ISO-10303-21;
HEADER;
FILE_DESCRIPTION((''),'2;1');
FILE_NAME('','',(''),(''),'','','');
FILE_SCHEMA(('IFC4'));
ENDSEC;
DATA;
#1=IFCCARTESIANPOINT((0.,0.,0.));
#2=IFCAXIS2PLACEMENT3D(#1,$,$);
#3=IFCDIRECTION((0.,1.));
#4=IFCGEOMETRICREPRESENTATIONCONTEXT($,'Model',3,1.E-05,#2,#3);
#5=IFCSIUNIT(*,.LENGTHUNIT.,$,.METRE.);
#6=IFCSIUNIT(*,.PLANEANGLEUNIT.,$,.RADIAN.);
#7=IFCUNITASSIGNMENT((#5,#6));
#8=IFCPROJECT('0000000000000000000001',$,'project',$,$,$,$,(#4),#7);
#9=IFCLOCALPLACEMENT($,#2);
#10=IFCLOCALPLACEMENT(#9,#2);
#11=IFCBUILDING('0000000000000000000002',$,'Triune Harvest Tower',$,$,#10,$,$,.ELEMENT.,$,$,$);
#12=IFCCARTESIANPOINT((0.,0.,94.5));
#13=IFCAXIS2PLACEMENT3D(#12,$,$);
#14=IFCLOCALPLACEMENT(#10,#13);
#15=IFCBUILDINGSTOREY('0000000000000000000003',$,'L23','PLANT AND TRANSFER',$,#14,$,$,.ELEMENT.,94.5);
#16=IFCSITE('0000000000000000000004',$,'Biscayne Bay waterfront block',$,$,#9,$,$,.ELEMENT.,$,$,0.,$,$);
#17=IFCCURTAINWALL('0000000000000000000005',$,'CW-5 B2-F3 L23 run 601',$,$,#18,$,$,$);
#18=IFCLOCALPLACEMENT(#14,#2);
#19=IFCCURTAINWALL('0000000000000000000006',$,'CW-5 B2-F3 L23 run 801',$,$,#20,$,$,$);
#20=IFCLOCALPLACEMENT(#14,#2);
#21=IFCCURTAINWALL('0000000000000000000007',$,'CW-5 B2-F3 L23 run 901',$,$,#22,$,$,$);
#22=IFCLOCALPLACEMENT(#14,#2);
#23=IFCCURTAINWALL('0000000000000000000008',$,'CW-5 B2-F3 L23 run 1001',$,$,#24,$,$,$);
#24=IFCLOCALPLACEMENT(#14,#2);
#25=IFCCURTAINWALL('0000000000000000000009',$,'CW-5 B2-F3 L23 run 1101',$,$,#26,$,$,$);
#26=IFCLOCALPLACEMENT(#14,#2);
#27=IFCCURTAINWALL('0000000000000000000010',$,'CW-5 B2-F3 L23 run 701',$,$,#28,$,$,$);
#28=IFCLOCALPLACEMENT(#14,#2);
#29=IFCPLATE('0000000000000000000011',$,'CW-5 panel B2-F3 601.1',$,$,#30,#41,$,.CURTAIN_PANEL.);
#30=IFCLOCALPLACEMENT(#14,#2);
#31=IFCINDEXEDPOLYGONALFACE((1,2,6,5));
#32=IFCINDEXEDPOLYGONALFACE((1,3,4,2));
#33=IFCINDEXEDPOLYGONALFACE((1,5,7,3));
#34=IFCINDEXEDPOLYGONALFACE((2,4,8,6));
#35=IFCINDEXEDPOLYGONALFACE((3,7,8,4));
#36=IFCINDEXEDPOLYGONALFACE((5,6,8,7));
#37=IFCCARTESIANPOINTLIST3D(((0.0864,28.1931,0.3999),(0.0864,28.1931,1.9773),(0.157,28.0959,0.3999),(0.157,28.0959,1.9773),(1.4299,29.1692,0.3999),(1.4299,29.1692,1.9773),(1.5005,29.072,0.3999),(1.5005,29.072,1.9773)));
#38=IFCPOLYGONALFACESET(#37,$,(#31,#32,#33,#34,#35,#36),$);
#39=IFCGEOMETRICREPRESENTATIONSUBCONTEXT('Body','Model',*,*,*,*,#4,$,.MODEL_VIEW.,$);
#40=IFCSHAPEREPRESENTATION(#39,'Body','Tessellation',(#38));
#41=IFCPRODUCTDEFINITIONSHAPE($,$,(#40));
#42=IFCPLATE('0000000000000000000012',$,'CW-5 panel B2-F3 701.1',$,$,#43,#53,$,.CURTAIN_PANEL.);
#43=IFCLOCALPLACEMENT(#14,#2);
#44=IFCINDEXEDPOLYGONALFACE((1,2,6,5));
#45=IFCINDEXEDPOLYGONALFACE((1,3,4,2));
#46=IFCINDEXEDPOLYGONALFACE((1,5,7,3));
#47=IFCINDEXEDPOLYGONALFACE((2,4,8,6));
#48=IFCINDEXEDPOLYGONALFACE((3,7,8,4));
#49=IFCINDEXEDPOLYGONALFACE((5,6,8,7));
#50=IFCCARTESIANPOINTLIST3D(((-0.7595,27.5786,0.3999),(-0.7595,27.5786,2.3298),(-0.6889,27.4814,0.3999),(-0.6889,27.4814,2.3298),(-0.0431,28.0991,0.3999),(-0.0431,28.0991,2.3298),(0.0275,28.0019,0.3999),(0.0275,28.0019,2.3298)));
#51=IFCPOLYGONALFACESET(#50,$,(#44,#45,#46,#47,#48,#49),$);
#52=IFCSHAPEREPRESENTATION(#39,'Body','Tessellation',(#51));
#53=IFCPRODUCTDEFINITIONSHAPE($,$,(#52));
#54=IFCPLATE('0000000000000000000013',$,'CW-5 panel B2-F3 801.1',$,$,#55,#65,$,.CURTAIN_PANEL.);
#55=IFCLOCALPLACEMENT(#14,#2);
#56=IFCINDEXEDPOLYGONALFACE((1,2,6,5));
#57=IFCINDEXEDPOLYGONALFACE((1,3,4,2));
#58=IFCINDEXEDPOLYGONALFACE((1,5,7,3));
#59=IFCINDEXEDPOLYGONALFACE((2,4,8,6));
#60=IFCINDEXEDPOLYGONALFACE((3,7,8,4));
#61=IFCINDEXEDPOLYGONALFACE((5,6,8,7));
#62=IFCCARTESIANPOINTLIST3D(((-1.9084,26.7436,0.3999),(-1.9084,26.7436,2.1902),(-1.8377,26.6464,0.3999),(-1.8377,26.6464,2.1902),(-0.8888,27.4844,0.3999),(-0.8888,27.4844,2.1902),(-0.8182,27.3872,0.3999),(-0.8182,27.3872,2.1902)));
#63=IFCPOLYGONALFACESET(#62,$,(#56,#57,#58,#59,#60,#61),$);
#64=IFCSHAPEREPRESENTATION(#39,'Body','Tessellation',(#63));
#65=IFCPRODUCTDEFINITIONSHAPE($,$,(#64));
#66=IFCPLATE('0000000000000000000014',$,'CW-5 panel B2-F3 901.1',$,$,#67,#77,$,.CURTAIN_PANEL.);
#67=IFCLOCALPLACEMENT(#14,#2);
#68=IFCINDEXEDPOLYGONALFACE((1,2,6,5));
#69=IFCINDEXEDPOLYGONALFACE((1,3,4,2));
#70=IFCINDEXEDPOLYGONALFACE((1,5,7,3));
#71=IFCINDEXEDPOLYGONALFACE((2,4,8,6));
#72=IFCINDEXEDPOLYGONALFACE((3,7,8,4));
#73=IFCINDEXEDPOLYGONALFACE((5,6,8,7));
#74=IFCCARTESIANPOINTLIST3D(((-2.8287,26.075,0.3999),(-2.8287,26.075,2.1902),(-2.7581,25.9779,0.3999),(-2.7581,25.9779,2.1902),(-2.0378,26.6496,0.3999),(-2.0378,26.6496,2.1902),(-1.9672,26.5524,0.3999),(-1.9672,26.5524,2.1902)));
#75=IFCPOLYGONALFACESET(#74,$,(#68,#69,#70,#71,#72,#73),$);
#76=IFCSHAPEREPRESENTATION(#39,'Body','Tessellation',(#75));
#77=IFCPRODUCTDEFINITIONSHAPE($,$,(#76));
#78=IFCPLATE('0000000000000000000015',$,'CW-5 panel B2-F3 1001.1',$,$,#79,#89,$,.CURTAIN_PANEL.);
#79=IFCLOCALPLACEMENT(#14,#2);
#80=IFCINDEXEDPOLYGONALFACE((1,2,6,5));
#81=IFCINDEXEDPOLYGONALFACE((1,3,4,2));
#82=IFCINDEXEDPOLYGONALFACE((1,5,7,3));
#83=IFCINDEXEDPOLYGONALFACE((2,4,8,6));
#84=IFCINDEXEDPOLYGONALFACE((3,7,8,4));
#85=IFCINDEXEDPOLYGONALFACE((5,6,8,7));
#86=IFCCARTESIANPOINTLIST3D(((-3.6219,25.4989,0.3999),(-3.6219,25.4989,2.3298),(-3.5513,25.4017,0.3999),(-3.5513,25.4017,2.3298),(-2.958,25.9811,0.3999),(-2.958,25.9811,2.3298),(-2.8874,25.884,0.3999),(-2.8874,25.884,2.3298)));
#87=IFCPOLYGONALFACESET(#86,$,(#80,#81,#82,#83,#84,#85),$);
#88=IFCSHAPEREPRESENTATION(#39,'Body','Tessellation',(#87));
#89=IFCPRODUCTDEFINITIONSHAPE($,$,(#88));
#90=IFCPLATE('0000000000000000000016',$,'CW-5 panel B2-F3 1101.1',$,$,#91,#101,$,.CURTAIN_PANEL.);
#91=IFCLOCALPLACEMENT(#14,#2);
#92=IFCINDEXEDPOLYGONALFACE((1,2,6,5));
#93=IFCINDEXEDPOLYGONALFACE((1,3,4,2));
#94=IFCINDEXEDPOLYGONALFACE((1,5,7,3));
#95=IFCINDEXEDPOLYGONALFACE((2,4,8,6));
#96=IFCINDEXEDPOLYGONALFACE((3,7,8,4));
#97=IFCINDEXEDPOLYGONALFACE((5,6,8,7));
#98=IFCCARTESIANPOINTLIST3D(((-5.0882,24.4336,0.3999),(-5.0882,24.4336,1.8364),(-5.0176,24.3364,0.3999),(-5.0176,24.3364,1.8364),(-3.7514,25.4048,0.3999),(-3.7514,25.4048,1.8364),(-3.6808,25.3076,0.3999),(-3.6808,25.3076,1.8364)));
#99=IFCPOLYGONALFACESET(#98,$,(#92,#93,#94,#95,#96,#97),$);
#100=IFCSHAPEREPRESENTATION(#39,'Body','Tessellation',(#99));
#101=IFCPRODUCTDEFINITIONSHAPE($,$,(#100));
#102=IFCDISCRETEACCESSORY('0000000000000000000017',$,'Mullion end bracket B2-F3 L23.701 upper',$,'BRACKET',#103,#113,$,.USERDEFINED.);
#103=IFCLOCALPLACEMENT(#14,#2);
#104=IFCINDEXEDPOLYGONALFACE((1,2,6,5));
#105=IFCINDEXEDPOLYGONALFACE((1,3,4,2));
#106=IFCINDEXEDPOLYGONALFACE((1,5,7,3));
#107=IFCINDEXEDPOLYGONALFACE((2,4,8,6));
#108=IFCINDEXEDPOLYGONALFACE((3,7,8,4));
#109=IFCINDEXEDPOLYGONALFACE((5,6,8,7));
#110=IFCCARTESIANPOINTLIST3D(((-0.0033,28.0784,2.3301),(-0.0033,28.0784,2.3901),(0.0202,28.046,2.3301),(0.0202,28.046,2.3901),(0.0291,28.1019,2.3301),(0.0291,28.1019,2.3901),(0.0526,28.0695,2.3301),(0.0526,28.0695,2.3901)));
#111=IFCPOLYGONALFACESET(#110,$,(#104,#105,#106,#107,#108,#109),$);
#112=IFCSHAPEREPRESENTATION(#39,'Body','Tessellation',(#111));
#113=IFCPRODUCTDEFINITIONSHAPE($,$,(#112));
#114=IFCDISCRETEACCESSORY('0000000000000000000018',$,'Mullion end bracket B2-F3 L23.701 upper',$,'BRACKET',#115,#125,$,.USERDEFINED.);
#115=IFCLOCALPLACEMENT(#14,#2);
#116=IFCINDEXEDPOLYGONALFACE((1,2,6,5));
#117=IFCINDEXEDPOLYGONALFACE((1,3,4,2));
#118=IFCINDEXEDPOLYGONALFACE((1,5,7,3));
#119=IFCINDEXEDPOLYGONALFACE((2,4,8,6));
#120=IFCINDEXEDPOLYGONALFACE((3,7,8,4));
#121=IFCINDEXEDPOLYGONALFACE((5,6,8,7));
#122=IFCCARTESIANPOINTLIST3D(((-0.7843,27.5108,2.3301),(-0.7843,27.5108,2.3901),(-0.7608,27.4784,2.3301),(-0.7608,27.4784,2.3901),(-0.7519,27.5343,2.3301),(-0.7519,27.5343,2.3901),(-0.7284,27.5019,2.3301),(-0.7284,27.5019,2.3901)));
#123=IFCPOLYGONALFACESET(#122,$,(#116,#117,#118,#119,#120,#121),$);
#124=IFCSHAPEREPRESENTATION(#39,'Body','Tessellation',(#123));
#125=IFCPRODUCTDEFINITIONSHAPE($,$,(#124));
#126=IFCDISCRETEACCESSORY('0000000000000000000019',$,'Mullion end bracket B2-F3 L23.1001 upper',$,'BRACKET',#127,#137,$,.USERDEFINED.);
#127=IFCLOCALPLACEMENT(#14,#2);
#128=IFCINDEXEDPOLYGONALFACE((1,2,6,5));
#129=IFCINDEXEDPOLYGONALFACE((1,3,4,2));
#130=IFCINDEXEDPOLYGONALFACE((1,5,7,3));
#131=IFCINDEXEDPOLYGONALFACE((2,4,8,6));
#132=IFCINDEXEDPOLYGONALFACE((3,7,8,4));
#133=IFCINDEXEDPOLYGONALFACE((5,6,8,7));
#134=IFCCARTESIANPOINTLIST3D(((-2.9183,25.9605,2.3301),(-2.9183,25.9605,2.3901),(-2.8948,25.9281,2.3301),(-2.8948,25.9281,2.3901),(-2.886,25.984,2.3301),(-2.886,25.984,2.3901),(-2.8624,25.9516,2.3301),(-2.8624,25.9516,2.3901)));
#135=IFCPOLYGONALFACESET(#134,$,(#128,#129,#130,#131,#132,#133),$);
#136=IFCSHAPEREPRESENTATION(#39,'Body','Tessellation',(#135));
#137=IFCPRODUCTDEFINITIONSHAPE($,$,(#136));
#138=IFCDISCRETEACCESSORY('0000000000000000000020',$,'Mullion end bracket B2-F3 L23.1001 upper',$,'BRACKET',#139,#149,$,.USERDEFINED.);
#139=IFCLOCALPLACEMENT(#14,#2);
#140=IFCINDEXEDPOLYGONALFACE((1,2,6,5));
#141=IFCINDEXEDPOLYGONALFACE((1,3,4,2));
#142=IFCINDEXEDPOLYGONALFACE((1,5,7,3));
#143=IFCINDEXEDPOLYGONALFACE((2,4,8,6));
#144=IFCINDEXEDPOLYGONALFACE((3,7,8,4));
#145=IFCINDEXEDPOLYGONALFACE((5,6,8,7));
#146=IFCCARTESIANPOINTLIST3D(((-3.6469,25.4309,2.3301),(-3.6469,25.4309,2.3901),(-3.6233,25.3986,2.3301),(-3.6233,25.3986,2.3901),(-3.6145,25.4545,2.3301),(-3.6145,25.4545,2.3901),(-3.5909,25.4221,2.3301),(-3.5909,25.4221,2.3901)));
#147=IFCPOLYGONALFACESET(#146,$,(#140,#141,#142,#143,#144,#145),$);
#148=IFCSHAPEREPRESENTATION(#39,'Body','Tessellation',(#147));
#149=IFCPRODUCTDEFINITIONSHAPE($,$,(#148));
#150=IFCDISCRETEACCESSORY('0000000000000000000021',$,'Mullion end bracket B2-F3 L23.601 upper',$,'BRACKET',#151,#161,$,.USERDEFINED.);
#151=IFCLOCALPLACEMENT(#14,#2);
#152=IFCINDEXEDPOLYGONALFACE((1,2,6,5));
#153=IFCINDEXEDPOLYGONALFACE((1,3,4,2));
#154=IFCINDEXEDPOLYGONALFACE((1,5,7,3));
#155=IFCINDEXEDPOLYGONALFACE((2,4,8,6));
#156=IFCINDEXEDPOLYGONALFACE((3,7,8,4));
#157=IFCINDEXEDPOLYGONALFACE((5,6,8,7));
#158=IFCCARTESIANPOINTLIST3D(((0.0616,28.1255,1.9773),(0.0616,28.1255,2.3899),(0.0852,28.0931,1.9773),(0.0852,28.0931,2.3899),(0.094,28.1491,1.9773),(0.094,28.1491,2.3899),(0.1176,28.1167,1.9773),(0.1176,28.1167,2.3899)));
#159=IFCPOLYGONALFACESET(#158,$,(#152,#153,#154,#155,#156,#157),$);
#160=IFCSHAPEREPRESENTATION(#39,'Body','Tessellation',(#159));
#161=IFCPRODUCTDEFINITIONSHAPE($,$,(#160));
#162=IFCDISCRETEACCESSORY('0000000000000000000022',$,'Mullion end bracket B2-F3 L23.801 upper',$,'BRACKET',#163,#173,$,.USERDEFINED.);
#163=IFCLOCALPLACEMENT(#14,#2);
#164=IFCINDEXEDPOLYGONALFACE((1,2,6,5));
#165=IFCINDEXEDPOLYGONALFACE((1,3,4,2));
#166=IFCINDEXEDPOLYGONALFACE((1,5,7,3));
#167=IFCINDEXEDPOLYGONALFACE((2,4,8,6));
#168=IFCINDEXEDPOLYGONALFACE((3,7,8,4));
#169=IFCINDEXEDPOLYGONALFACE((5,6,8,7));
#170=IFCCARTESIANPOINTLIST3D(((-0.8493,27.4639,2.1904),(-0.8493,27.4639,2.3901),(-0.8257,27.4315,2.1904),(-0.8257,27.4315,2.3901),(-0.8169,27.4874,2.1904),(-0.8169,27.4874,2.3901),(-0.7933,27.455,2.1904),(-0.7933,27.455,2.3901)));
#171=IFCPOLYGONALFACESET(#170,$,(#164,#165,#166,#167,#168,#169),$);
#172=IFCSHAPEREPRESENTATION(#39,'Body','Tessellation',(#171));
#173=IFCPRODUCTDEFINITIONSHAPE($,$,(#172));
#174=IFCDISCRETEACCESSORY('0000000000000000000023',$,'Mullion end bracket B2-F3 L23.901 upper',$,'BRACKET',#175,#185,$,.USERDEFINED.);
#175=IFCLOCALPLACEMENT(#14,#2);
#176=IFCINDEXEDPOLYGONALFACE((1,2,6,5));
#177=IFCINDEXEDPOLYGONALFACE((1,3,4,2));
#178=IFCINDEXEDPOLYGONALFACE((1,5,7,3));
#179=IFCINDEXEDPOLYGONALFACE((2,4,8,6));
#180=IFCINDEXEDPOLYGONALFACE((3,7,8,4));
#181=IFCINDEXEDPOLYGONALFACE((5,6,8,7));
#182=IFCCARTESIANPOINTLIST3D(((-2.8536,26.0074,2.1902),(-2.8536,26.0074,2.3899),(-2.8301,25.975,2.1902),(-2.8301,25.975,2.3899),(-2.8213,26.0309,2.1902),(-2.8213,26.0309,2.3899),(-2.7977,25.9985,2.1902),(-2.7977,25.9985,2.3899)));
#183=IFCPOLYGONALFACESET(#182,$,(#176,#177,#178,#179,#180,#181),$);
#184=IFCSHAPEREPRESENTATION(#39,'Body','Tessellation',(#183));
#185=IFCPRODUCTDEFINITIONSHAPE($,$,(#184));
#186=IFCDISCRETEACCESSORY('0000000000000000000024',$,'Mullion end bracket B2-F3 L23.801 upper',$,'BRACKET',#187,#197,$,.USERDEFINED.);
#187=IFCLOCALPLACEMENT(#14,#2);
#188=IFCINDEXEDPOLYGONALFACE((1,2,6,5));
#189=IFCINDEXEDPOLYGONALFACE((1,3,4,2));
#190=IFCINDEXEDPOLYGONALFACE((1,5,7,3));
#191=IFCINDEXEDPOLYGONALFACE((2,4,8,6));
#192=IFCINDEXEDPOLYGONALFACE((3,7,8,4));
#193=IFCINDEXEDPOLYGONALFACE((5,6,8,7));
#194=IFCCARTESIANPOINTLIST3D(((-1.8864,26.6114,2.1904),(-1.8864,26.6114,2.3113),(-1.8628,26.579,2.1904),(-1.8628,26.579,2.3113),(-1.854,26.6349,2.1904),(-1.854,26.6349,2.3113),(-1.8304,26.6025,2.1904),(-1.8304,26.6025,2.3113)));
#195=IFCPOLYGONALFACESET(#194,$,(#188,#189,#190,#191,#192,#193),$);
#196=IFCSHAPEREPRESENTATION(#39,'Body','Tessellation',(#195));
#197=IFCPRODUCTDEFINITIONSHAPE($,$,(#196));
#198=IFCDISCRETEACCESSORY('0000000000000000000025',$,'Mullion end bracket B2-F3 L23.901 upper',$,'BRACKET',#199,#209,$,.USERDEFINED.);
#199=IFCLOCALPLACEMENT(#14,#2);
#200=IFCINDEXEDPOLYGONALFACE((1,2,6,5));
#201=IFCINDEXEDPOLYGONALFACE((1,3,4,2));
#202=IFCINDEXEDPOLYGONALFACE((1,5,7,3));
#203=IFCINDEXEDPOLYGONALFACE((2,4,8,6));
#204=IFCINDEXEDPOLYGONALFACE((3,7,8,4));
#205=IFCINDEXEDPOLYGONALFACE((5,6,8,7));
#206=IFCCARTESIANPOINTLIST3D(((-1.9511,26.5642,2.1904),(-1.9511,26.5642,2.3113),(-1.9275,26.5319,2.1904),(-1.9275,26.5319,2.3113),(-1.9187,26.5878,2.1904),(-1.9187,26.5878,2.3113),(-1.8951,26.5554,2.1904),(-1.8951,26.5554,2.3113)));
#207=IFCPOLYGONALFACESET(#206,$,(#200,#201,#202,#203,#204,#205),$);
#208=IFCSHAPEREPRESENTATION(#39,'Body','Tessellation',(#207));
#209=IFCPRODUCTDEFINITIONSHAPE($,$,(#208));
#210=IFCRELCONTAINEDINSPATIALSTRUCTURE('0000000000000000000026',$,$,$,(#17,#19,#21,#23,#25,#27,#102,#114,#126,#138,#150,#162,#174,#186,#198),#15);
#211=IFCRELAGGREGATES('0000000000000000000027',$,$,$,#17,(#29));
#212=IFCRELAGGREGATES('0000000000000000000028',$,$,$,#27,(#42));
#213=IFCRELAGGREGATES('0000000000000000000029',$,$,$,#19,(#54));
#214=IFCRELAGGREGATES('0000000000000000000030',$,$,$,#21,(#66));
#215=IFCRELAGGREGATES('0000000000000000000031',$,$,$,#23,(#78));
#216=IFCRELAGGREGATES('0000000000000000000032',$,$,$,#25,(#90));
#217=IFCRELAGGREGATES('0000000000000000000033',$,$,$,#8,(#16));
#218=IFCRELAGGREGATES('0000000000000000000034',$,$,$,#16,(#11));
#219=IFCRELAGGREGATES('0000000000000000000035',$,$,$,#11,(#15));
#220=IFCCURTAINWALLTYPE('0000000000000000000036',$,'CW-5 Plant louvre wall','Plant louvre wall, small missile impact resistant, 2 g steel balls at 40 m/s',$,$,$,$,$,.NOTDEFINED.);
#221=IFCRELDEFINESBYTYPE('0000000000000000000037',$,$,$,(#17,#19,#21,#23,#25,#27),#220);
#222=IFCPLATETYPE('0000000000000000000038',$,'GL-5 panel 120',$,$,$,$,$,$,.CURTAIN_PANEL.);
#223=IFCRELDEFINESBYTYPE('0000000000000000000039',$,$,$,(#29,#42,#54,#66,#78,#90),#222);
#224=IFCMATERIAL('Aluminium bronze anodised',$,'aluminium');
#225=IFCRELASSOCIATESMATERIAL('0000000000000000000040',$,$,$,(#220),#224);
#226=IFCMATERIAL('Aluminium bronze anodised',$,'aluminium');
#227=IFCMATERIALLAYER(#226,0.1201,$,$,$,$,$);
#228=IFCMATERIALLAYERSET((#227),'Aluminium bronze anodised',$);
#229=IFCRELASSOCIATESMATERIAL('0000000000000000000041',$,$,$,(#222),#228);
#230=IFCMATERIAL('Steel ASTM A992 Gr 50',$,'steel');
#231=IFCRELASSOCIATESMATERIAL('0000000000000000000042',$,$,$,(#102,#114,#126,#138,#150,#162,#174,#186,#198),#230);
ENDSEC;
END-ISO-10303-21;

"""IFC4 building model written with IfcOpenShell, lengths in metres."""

from ifc_helpers import new_model, si_unit, direction, frame, origin, origin_2d, place, context, subcontext, project, spatial, rectangle, extrude, source, transform, mapped, material, layer, layer_set, type_object, element, aggregate, save


model = new_model("IFC4")

# Units and contexts
model_context = context("Model", 3, precision=1e-05, world=origin(), true_north=direction((0.0, 1.0)))
body_context = subcontext(model_context, "Body", "Model", "MODEL_VIEW")
ifc_project = project(units=[si_unit("LENGTHUNIT", "METRE"), si_unit("PLANEANGLEUNIT", "RADIAN")], contexts=[model_context])

# Site, building, storey
site_placement = place(None, origin())
site = spatial("IfcSite", under=ifc_project, at=site_placement, Name="Biscayne Bay waterfront block", CompositionType="ELEMENT", RefElevation=0.0)
building_placement = place(site_placement, origin())
building = spatial("IfcBuilding", under=site, at=building_placement, Name="Triune Harvest Tower", CompositionType="ELEMENT")
storey_placement = place(building_placement, frame((0.0, 0.0, 94.5)))
storey = spatial("IfcBuildingStorey", under=building, at=storey_placement, Name="L23", Description="PLANT AND TRANSFER", CompositionType="ELEMENT", Elevation=94.5)

# Curtain walls
ifc_material_1 = material(Name="Aluminium bronze anodised", Category="aluminium")
curtain_wall_type = type_object("IfcCurtainWallType", Name="CW-5 Plant louvre wall", Description="Plant louvre wall, small missile impact resistant, 2 g steel balls at 40 m/s", PredefinedType="NOTDEFINED", material=ifc_material_1)
curtain_wall_1_placement = place(storey_placement, origin())
curtain_wall_1 = element("IfcCurtainWall", 1, at=curtain_wall_1_placement, inside=storey, type_object=curtain_wall_type, Name="CW-5 B2-F3 L23 run 601")
curtain_wall_2_placement = place(storey_placement, origin())
curtain_wall_2 = element("IfcCurtainWall", 2, at=curtain_wall_2_placement, inside=storey, type_object=curtain_wall_type, Name="CW-5 B2-F3 L23 run 801")
curtain_wall_3_placement = place(storey_placement, origin())
curtain_wall_3 = element("IfcCurtainWall", 3, at=curtain_wall_3_placement, inside=storey, type_object=curtain_wall_type, Name="CW-5 B2-F3 L23 run 901")
curtain_wall_4_placement = place(storey_placement, origin())
curtain_wall_4 = element("IfcCurtainWall", 4, at=curtain_wall_4_placement, inside=storey, type_object=curtain_wall_type, Name="CW-5 B2-F3 L23 run 1001")
curtain_wall_5_placement = place(storey_placement, origin())
curtain_wall_5 = element("IfcCurtainWall", 5, at=curtain_wall_5_placement, inside=storey, type_object=curtain_wall_type, Name="CW-5 B2-F3 L23 run 1101")

# Curtain wall
curtain_wall_6_placement = place(storey_placement, origin())
curtain_wall_6 = element("IfcCurtainWall", 6, at=curtain_wall_6_placement, inside=storey, type_object=curtain_wall_type, Name="CW-5 B2-F3 L23 run 701")

# Plates
ifc_material_2 = material(Name="Aluminium bronze anodised", Category="aluminium")
ifc_layer = layer(ifc_material_2, 0.1201)
ifc_layer_set = layer_set([ifc_layer], Name="Aluminium bronze anodised")
plate_type = type_object("IfcPlateType", Name="GL-5 panel 120", PredefinedType="CURTAIN_PANEL", material=ifc_layer_set)
plate_1_placement = place(storey_placement, frame((0.7935, 28.6326, 0.3999), z_axis=(0.0, 0.0, 1.0), x_axis=(-0.809023, -0.587776, 0.0)))
plate_1 = element("IfcPlate", 7, at=plate_1_placement, type_object=plate_type, Name="CW-5 panel B2-F3 601.1", PredefinedType="CURTAIN_PANEL", context=body_context, shape_type="SweptSolid", body=[
    extrude(rectangle(XDim=1.6606, YDim=0.1201, at=origin_2d()), origin(), (0.0, 0.0, 1.0), 1.5774),
])
aggregate(curtain_wall_1, [plate_1])
plate_2_placement = place(storey_placement, frame((-0.366, 27.7903, 0.3999), z_axis=(0.0, 0.0, 1.0), x_axis=(-0.809009, -0.587796, 0.0)))
plate_2 = element("IfcPlate", 8, at=plate_2_placement, type_object=plate_type, Name="CW-5 panel B2-F3 701.1", PredefinedType="CURTAIN_PANEL", context=body_context, shape_type="SweptSolid", body=[
    extrude(rectangle(XDim=0.8855, YDim=0.1201, at=origin_2d()), origin(), (0.0, 0.0, 1.0), 1.9299),
])
aggregate(curtain_wall_6, [plate_2])
plate_3_placement = place(storey_placement, frame((-1.3633, 27.0654, 0.3999), z_axis=(0.0, 0.0, 1.0), x_axis=(-0.808992, -0.58782, 0.0)))
plate_3 = element("IfcPlate", 9, at=plate_3_placement, type_object=plate_type, Name="CW-5 panel B2-F3 801.1", PredefinedType="CURTAIN_PANEL", context=body_context, shape_type="SweptSolid", body=[
    extrude(rectangle(XDim=1.2603, YDim=0.1201, at=origin_2d()), origin(), (0.0, 0.0, 1.0), 1.7903),
])
aggregate(curtain_wall_2, [plate_3])
plate_4_placement = place(storey_placement, frame((-2.3979, 26.3137, 0.3999), z_axis=(0.0, 0.0, 1.0), x_axis=(-0.809032, -0.587764, 0.0)))
plate_4 = element("IfcPlate", 10, at=plate_4_placement, type_object=plate_type, Name="CW-5 panel B2-F3 901.1", PredefinedType="CURTAIN_PANEL", context=body_context, shape_type="SweptSolid", body=[
    extrude(rectangle(XDim=0.9775, YDim=0.1201, at=origin_2d()), origin(), (0.0, 0.0, 1.0), 1.7903),
])
aggregate(curtain_wall_3, [plate_4])
plate_5_placement = place(storey_placement, frame((-3.2546, 25.6914, 0.3999), z_axis=(0.0, 0.0, 1.0), x_axis=(-0.809036, -0.587759, 0.0)))
plate_5 = element("IfcPlate", 11, at=plate_5_placement, type_object=plate_type, Name="CW-5 panel B2-F3 1001.1", PredefinedType="CURTAIN_PANEL", context=body_context, shape_type="SweptSolid", body=[
    extrude(rectangle(XDim=0.8206, YDim=0.1201, at=origin_2d()), origin(), (0.0, 0.0, 1.0), 1.9299),
])
aggregate(curtain_wall_4, [plate_5])
plate_6_placement = place(storey_placement, frame((-4.3845, 24.8706, 0.3999), z_axis=(0.0, 0.0, 1.0), x_axis=(-0.809032, -0.587765, 0.0)))
plate_6 = element("IfcPlate", 12, at=plate_6_placement, type_object=plate_type, Name="CW-5 panel B2-F3 1101.1", PredefinedType="CURTAIN_PANEL", context=body_context, shape_type="SweptSolid", body=[
    extrude(rectangle(XDim=1.6523, YDim=0.1201, at=origin_2d()), origin(), (0.0, 0.0, 1.0), 1.4365),
])
aggregate(curtain_wall_5, [plate_6])

# Discrete accessories
ifc_material_3 = material(Name="Steel ASTM A992 Gr 50", Category="steel")
shared_shape_1 = source(origin(), body_context, "Body", "SweptSolid", [
    extrude(rectangle(XDim=0.04, YDim=0.04, at=origin_2d()), origin(), (0.0, 0.0, 1.0), 0.0601),
])
for number, where, z_axis, x_axis, name in (
    (13, (0.0247, 28.074, 2.3301), (0.0, 0.0, 1.0), (-0.809009, -0.587797, 0.0), "Mullion end bracket B2-F3 L23.701 upper"),
    (14, (-0.7563, 27.5063, 2.3301), (0.0, 0.0, 1.0), (-0.809009, -0.587797, 0.0), "Mullion end bracket B2-F3 L23.701 upper"),
    (15, (-2.8904, 25.9561, 2.3301), (0.0, 0.0, 1.0), (-0.809035, -0.58776, 0.0), "Mullion end bracket B2-F3 L23.1001 upper"),
    (16, (-3.6189, 25.4265, 2.3301), (0.0, 0.0, 1.0), (-0.809035, -0.58776, 0.0), "Mullion end bracket B2-F3 L23.1001 upper"),
):
    element("IfcDiscreteAccessory", number, at=place(storey_placement, frame(where, z_axis=z_axis, x_axis=x_axis)), inside=storey, material=ifc_material_3, Name=name, ObjectType="BRACKET", PredefinedType="USERDEFINED", context=body_context, shape_type="MappedRepresentation", body=[
        mapped(shared_shape_1, transform((0.0, 0.0, 0.0), scale=1.0)),
    ])
shared_shape_2 = source(origin(), body_context, "Body", "SweptSolid", [
    extrude(rectangle(XDim=0.04, YDim=0.04, at=origin_2d()), origin(), (0.0, 0.0, 1.0), 0.4126),
])
discrete_accessory_1_placement = place(storey_placement, frame((0.0896, 28.1211, 1.9773), z_axis=(0.0, 0.0, 1.0), x_axis=(-0.809023, -0.587777, 0.0)))
element("IfcDiscreteAccessory", 17, at=discrete_accessory_1_placement, inside=storey, material=ifc_material_3, Name="Mullion end bracket B2-F3 L23.601 upper", ObjectType="BRACKET", PredefinedType="USERDEFINED", context=body_context, shape_type="MappedRepresentation", body=[
    mapped(shared_shape_2, transform((0.0, 0.0, 0.0), scale=1.0)),
])
shared_shape_3 = source(origin(), body_context, "Body", "SweptSolid", [
    extrude(rectangle(XDim=0.04, YDim=0.04, at=origin_2d()), origin(), (0.0, 0.0, 1.0), 0.1997),
])
for number, where, z_axis, x_axis, name in (
    (18, (-0.8213, 27.4595, 2.1904), (0.0, 0.0, 1.0), (-0.808991, -0.587821, 0.0), "Mullion end bracket B2-F3 L23.801 upper"),
    (19, (-2.8257, 26.0029, 2.1902), (0.0, 0.0, 1.0), (-0.809032, -0.587764, 0.0), "Mullion end bracket B2-F3 L23.901 upper"),
):
    element("IfcDiscreteAccessory", number, at=place(storey_placement, frame(where, z_axis=z_axis, x_axis=x_axis)), inside=storey, material=ifc_material_3, Name=name, ObjectType="BRACKET", PredefinedType="USERDEFINED", context=body_context, shape_type="MappedRepresentation", body=[
        mapped(shared_shape_3, transform((0.0, 0.0, 0.0), scale=1.0)),
    ])
shared_shape_4 = source(origin(), body_context, "Body", "SweptSolid", [
    extrude(rectangle(XDim=0.04, YDim=0.04, at=origin_2d()), origin(), (0.0, 0.0, 1.0), 0.1208),
])
for number, where, z_axis, x_axis, name in (
    (20, (-1.8584, 26.6069, 2.1904), (0.0, 0.0, 1.0), (-0.808991, -0.587821, 0.0), "Mullion end bracket B2-F3 L23.801 upper"),
    (21, (-1.9231, 26.5598, 2.1904), (0.0, 0.0, 1.0), (-0.809032, -0.587764, 0.0), "Mullion end bracket B2-F3 L23.901 upper"),
):
    element("IfcDiscreteAccessory", number, at=place(storey_placement, frame(where, z_axis=z_axis, x_axis=x_axis)), inside=storey, material=ifc_material_3, Name=name, ObjectType="BRACKET", PredefinedType="USERDEFINED", context=body_context, shape_type="MappedRepresentation", body=[
        mapped(shared_shape_4, transform((0.0, 0.0, 0.0), scale=1.0)),
    ])

save(model, "model.ifc")
